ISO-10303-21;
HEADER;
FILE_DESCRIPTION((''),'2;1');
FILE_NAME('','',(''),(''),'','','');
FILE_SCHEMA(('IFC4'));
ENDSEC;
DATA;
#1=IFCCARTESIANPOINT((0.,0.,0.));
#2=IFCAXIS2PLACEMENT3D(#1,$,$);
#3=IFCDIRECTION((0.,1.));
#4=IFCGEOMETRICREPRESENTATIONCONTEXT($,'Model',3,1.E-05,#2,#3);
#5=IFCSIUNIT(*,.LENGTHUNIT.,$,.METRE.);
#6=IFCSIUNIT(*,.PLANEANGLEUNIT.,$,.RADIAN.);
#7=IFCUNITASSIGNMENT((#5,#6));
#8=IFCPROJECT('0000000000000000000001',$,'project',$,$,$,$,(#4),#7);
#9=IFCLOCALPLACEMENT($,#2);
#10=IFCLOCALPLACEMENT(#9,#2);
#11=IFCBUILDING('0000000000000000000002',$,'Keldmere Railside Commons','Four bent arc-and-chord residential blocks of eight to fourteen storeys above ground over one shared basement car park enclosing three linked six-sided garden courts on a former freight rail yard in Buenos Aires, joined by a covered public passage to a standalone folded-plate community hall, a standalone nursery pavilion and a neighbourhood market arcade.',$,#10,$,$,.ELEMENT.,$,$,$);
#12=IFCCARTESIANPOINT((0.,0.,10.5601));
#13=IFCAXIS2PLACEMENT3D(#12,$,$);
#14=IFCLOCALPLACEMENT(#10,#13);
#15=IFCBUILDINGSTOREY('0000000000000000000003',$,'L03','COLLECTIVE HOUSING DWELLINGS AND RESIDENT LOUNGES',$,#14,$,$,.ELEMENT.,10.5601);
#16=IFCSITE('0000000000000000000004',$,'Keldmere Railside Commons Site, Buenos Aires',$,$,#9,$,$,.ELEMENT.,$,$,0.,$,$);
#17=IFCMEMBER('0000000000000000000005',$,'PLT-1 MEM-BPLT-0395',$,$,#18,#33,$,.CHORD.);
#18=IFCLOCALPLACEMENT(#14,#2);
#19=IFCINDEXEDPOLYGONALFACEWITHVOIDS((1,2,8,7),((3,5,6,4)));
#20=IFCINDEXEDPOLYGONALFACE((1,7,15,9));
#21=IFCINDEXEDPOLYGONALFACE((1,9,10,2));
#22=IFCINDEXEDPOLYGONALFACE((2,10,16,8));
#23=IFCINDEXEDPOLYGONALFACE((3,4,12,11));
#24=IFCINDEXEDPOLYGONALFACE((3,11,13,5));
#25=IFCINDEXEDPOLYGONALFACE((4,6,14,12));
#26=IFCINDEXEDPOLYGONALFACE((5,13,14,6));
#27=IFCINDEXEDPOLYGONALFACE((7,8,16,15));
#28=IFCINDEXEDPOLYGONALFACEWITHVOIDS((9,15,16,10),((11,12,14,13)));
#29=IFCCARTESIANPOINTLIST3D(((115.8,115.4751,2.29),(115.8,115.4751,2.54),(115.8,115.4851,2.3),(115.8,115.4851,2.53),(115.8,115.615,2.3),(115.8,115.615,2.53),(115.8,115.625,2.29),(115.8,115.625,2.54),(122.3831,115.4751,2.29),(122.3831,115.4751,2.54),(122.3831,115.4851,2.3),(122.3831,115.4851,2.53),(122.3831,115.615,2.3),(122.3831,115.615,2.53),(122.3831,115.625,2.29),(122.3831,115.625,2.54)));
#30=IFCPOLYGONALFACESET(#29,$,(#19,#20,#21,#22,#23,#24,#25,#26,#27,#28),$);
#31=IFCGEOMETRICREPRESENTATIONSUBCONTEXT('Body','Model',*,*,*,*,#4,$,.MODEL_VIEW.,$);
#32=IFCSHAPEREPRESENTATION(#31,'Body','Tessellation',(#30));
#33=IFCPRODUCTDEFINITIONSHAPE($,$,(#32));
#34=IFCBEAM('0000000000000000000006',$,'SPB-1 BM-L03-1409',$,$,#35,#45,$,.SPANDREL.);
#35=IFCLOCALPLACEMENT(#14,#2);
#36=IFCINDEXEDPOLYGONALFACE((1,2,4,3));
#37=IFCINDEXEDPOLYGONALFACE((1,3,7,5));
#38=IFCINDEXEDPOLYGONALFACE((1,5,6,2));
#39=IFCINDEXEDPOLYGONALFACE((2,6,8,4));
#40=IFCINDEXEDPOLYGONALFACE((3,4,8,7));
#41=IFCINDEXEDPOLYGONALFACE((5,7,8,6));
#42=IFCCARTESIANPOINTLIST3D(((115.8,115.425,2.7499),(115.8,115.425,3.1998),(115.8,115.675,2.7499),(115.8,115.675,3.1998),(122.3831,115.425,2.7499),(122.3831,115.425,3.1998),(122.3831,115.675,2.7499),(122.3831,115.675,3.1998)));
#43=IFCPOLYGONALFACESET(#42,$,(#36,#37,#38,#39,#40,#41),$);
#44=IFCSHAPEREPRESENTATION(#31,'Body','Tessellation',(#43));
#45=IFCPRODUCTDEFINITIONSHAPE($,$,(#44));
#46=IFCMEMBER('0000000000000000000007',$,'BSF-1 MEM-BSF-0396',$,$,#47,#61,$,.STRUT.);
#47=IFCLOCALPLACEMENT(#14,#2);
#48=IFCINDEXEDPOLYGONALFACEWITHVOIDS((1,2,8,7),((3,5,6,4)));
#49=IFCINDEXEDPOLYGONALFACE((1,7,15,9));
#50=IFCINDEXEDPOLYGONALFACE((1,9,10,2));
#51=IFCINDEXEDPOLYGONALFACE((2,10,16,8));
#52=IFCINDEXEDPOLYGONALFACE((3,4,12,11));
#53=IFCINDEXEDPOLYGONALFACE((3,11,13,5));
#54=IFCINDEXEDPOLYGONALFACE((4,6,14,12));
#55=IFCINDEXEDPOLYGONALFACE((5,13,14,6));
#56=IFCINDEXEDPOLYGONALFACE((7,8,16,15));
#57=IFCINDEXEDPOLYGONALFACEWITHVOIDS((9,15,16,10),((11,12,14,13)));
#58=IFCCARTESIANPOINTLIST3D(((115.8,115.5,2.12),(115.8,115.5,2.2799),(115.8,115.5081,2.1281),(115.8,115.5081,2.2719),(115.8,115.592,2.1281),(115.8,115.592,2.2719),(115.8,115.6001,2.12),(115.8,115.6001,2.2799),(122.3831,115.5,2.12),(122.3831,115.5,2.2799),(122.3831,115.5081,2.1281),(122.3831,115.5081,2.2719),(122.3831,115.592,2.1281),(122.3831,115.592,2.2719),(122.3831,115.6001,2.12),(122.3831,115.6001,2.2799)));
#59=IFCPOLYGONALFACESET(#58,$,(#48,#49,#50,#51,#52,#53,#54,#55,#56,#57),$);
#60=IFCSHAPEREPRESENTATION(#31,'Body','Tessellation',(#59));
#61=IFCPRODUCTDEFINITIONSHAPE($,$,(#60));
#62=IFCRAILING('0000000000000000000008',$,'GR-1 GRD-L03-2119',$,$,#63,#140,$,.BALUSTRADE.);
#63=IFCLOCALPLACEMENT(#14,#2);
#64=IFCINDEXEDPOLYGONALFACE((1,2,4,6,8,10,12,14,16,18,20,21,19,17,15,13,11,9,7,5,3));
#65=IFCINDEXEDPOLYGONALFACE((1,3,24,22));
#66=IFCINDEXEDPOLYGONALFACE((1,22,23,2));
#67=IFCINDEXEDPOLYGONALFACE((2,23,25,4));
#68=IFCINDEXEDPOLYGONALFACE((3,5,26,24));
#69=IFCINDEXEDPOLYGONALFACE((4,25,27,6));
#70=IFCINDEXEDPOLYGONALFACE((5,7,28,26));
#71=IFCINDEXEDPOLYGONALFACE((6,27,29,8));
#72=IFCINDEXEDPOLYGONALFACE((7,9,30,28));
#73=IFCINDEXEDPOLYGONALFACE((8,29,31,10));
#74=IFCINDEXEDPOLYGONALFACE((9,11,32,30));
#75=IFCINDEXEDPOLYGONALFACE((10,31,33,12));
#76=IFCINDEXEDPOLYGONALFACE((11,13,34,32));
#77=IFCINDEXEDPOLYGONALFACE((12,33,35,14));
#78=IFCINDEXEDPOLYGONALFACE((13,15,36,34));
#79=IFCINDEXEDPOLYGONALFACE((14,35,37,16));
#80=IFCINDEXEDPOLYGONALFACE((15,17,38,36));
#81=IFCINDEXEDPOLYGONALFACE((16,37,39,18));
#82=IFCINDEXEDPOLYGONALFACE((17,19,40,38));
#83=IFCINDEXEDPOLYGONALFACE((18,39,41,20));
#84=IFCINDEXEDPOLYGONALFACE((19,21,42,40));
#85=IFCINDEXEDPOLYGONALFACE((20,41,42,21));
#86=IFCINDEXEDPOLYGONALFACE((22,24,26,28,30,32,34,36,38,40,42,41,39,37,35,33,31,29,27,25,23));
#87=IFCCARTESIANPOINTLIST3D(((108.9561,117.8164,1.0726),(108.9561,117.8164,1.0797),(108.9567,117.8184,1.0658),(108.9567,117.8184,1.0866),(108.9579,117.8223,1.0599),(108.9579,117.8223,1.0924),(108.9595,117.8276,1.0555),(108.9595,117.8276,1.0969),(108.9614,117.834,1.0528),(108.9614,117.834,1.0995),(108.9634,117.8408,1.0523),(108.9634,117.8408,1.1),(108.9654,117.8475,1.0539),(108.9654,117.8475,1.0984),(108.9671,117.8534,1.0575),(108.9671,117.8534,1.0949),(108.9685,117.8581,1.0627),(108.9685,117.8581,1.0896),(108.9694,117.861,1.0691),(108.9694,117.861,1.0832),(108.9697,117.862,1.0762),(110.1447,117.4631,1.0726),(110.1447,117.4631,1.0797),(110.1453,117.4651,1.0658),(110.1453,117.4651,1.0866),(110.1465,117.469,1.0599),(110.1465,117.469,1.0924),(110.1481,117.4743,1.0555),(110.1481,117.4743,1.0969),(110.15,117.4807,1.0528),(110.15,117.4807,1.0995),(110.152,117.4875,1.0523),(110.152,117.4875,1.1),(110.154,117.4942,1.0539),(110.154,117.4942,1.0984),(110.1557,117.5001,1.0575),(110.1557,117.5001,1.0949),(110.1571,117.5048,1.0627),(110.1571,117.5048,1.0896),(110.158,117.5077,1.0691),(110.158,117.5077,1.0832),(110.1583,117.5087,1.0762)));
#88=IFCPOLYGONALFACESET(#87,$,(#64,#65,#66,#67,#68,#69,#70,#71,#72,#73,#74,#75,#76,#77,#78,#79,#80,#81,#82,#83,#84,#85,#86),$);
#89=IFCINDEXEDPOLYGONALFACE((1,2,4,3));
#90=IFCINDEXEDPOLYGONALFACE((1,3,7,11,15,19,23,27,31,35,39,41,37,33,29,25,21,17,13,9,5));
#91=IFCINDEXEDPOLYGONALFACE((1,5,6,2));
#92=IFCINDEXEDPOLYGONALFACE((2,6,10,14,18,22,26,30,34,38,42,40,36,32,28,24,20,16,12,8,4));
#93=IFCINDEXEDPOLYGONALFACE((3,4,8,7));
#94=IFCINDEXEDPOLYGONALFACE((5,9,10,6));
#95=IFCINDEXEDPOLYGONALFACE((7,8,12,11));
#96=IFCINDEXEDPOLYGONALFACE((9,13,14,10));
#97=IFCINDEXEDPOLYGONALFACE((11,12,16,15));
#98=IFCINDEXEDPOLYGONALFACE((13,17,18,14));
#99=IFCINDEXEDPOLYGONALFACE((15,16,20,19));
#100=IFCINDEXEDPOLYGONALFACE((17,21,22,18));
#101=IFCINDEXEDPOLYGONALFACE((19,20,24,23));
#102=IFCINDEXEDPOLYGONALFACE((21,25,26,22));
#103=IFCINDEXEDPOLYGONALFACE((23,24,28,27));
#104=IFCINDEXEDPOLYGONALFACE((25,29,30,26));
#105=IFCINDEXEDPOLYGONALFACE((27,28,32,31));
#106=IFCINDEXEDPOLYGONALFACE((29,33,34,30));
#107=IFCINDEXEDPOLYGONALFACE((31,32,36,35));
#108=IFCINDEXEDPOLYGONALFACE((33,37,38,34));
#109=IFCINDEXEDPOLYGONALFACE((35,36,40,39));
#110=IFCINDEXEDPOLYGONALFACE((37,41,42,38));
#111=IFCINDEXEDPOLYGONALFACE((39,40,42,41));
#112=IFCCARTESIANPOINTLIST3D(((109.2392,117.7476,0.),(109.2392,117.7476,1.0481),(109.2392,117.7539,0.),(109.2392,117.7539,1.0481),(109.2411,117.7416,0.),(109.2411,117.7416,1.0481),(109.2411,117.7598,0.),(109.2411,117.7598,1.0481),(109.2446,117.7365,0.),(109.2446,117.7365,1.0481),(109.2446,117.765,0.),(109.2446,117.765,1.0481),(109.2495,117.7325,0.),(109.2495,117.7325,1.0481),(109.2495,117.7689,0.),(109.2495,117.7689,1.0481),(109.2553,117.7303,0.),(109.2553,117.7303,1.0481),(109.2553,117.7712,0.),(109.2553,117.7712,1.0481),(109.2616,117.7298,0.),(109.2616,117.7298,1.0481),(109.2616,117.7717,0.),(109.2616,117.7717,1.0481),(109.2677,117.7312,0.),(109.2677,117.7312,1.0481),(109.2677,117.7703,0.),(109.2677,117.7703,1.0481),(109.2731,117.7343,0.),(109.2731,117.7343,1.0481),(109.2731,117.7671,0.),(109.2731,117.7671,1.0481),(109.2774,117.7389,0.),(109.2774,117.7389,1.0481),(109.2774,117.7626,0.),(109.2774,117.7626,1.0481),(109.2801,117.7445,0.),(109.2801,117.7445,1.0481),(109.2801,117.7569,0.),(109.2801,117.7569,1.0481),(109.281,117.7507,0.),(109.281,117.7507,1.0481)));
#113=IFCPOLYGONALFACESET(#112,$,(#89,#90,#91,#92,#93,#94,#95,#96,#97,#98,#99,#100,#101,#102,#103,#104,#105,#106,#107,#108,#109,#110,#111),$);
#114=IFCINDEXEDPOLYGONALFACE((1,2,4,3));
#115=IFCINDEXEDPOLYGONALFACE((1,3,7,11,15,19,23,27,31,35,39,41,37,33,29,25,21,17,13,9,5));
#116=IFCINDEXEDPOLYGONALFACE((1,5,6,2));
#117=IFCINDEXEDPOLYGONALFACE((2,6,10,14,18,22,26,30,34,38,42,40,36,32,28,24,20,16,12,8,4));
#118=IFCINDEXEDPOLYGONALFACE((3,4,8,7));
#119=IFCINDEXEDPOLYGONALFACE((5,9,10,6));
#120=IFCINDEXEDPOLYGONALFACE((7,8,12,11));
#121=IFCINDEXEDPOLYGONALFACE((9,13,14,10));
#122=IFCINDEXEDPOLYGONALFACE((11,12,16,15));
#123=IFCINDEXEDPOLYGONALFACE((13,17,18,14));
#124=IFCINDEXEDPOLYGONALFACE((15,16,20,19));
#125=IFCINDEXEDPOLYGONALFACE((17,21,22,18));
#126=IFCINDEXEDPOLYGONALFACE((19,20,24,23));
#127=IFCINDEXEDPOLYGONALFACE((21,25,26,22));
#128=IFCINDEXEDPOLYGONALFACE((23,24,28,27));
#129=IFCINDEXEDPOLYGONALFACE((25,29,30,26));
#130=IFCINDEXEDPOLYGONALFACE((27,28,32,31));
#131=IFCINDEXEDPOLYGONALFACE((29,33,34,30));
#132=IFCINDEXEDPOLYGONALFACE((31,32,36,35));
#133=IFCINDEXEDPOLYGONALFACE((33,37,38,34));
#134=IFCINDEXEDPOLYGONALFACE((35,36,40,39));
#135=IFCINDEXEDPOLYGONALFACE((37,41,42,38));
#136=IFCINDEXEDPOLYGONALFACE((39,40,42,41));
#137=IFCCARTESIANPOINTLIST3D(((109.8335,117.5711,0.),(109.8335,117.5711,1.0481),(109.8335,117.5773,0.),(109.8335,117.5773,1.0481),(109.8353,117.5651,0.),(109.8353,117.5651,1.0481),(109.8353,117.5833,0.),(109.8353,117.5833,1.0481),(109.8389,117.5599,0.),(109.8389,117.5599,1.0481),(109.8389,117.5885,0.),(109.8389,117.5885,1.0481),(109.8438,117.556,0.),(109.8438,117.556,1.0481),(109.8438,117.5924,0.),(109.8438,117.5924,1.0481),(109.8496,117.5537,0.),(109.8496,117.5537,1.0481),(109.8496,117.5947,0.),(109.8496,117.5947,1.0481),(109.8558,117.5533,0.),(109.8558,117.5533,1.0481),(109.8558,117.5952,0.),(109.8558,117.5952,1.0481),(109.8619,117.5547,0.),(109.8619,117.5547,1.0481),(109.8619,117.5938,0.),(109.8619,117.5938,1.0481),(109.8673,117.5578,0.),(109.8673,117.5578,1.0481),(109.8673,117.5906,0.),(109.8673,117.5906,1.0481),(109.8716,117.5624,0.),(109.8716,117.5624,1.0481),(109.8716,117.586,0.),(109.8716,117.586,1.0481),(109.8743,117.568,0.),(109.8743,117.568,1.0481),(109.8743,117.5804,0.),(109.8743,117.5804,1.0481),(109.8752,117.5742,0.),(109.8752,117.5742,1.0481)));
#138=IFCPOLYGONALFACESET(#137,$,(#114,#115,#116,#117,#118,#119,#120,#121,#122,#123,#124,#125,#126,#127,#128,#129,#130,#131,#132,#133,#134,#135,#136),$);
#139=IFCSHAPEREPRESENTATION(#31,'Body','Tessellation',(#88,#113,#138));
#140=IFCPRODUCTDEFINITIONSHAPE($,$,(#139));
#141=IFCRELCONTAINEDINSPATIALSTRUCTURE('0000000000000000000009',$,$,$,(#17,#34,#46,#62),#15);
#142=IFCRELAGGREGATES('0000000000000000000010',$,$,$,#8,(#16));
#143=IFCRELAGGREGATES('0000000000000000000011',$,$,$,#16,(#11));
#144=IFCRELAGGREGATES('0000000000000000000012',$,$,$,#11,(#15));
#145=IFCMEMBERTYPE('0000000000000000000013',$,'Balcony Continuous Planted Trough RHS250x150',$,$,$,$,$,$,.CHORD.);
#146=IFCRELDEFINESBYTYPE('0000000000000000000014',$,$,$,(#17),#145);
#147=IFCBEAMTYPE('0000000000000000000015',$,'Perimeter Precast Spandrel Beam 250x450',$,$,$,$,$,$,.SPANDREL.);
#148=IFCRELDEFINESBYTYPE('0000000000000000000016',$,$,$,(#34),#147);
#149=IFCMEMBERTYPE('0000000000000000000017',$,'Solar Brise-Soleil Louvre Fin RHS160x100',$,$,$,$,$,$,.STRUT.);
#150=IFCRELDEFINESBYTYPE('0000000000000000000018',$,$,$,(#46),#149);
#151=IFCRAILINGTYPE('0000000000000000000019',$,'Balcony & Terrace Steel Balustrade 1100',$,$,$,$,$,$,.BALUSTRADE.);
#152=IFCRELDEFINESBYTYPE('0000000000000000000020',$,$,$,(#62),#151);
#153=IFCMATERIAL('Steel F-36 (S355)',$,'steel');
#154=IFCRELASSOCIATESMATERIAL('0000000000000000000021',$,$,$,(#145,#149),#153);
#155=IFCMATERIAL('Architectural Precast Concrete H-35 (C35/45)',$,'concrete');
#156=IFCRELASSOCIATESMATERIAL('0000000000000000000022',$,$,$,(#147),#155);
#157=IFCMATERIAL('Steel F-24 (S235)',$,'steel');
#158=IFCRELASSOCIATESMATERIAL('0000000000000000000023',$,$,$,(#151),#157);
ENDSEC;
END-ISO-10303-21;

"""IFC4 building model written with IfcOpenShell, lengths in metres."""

from ifc_helpers import new_model, si_unit, direction, frame, origin, origin_2d, place, context, subcontext, project, spatial, rectangle, hollow_rectangle, circle, extrude, material, material_profile, profile_set, type_object, element, save


model = new_model("IFC4")

# Units and contexts
model_context = context("Model", 3, precision=1e-05, world=origin(), true_north=direction((0.0, 1.0)))
body_context = subcontext(model_context, "Body", "Model", "MODEL_VIEW")
ifc_project = project(units=[si_unit("LENGTHUNIT", "METRE"), si_unit("PLANEANGLEUNIT", "RADIAN")], contexts=[model_context])

# Site, building, storey
site_placement = place(None, origin())
site = spatial("IfcSite", under=ifc_project, at=site_placement, Name="Keldmere Railside Commons Site, Buenos Aires", CompositionType="ELEMENT", RefElevation=0.0)
building_placement = place(site_placement, origin())
building = spatial("IfcBuilding", under=site, at=building_placement, Name="Keldmere Railside Commons", Description="Four bent arc-and-chord residential blocks of eight to fourteen storeys above ground over one shared basement car park enclosing three linked six-sided garden courts on a former freight rail yard in Buenos Aires, joined by a covered public passage to a standalone folded-plate community hall, a standalone nursery pavilion and a neighbourhood market arcade.", CompositionType="ELEMENT")
storey_placement = place(building_placement, frame((0.0, 0.0, 10.5601)))
storey = spatial("IfcBuildingStorey", under=building, at=storey_placement, Name="L03", Description="COLLECTIVE HOUSING DWELLINGS AND RESIDENT LOUNGES", CompositionType="ELEMENT", Elevation=10.5601)

# Member
ifc_material_1 = material(Name="Steel F-36 (S355)", Category="steel")
ifc_material_profile_1 = material_profile(ifc_material_1, hollow_rectangle(XDim=0.1499, YDim=0.25, WallThickness=0.01, at=origin_2d()), Name="RHS-250x150x10")
ifc_profile_set_1 = profile_set([ifc_material_profile_1], Name="Steel F-36 (S355)")
member_type_1 = type_object("IfcMemberType", Name="Balcony Continuous Planted Trough RHS250x150", PredefinedType="CHORD", material=ifc_profile_set_1)
member_1_placement = place(storey_placement, frame((115.8, 115.55, 2.415), z_axis=(1.0, 0.0, 0.0), x_axis=(0.0, 1.0, 0.0)))
element("IfcMember", 1, at=member_1_placement, inside=storey, type_object=member_type_1, Name="PLT-1 MEM-BPLT-0395", PredefinedType="CHORD", context=body_context, shape_type="SweptSolid", body=[
    extrude(hollow_rectangle(XDim=0.1499, YDim=0.25, WallThickness=0.01, at=origin_2d()), origin(), (0.0, 0.0, 1.0), 6.583),
])

# Beam
ifc_material_2 = material(Name="Architectural Precast Concrete H-35 (C35/45)", Category="concrete")
ifc_material_profile_2 = material_profile(ifc_material_2, rectangle(XDim=0.25, YDim=0.45, at=origin_2d()), Name="RC-250x450")
ifc_profile_set_2 = profile_set([ifc_material_profile_2], Name="Architectural Precast Concrete H-35 (C35/45)")
beam_type = type_object("IfcBeamType", Name="Perimeter Precast Spandrel Beam 250x450", PredefinedType="SPANDREL", material=ifc_profile_set_2)
beam_placement = place(storey_placement, frame((115.8, 115.55, 2.9749), z_axis=(1.0, 0.0, 0.0), x_axis=(0.0, 1.0, 0.0)))
element("IfcBeam", 2, at=beam_placement, inside=storey, type_object=beam_type, Name="SPB-1 BM-L03-1409", PredefinedType="SPANDREL", context=body_context, shape_type="SweptSolid", body=[
    extrude(rectangle(XDim=0.25, YDim=0.45, at=origin_2d()), origin(), (0.0, 0.0, 1.0), 6.583),
])

# Member
ifc_material_profile_3 = material_profile(ifc_material_1, hollow_rectangle(XDim=0.1001, YDim=0.1599, WallThickness=0.0081, at=origin_2d()), Name="RHS-160x100x8")
ifc_profile_set_3 = profile_set([ifc_material_profile_3], Name="Steel F-36 (S355)")
member_type_2 = type_object("IfcMemberType", Name="Solar Brise-Soleil Louvre Fin RHS160x100", PredefinedType="STRUT", material=ifc_profile_set_3)
member_2_placement = place(storey_placement, frame((115.8, 115.55, 2.2), z_axis=(1.0, 0.0, 0.0), x_axis=(0.0, 1.0, 0.0)))
element("IfcMember", 3, at=member_2_placement, inside=storey, type_object=member_type_2, Name="BSF-1 MEM-BSF-0396", PredefinedType="STRUT", context=body_context, shape_type="SweptSolid", body=[
    extrude(hollow_rectangle(XDim=0.1001, YDim=0.1599, WallThickness=0.0081, at=origin_2d()), origin(), (0.0, 0.0, 1.0), 6.583),
])

# Railing
ifc_material_3 = material(Name="Steel F-24 (S235)", Category="steel")
railing_type = type_object("IfcRailingType", Name="Balcony & Terrace Steel Balustrade 1100", PredefinedType="BALUSTRADE", material=ifc_material_3)
railing_1_placement = place(storey_placement, frame((108.9629, 117.8391, 0.0)))
element("IfcRailing", 4, at=railing_1_placement, inside=storey, type_object=railing_type, Name="GR-1 GRD-L03-2119", PredefinedType="BALUSTRADE", context=body_context, shape_type="SweptSolid", body=[
    extrude(circle(Radius=0.0239, at=origin_2d()), frame((0.0, 0.0, 1.0762), z_axis=(0.958549, -0.284926, 0.0), x_axis=(0.284926, 0.958549, 0.0)), (0.0, 0.0, 1.0), 1.24),
    extrude(circle(Radius=0.021, at=origin_2d()), frame((0.2971, -0.0884, 0.0)), (0.0, 0.0, 1.0), 1.0481),
    extrude(circle(Radius=0.021, at=origin_2d()), frame((0.8914, -0.2649, 0.0)), (0.0, 0.0, 1.0), 1.0481),
])

save(model, "model.ifc")
